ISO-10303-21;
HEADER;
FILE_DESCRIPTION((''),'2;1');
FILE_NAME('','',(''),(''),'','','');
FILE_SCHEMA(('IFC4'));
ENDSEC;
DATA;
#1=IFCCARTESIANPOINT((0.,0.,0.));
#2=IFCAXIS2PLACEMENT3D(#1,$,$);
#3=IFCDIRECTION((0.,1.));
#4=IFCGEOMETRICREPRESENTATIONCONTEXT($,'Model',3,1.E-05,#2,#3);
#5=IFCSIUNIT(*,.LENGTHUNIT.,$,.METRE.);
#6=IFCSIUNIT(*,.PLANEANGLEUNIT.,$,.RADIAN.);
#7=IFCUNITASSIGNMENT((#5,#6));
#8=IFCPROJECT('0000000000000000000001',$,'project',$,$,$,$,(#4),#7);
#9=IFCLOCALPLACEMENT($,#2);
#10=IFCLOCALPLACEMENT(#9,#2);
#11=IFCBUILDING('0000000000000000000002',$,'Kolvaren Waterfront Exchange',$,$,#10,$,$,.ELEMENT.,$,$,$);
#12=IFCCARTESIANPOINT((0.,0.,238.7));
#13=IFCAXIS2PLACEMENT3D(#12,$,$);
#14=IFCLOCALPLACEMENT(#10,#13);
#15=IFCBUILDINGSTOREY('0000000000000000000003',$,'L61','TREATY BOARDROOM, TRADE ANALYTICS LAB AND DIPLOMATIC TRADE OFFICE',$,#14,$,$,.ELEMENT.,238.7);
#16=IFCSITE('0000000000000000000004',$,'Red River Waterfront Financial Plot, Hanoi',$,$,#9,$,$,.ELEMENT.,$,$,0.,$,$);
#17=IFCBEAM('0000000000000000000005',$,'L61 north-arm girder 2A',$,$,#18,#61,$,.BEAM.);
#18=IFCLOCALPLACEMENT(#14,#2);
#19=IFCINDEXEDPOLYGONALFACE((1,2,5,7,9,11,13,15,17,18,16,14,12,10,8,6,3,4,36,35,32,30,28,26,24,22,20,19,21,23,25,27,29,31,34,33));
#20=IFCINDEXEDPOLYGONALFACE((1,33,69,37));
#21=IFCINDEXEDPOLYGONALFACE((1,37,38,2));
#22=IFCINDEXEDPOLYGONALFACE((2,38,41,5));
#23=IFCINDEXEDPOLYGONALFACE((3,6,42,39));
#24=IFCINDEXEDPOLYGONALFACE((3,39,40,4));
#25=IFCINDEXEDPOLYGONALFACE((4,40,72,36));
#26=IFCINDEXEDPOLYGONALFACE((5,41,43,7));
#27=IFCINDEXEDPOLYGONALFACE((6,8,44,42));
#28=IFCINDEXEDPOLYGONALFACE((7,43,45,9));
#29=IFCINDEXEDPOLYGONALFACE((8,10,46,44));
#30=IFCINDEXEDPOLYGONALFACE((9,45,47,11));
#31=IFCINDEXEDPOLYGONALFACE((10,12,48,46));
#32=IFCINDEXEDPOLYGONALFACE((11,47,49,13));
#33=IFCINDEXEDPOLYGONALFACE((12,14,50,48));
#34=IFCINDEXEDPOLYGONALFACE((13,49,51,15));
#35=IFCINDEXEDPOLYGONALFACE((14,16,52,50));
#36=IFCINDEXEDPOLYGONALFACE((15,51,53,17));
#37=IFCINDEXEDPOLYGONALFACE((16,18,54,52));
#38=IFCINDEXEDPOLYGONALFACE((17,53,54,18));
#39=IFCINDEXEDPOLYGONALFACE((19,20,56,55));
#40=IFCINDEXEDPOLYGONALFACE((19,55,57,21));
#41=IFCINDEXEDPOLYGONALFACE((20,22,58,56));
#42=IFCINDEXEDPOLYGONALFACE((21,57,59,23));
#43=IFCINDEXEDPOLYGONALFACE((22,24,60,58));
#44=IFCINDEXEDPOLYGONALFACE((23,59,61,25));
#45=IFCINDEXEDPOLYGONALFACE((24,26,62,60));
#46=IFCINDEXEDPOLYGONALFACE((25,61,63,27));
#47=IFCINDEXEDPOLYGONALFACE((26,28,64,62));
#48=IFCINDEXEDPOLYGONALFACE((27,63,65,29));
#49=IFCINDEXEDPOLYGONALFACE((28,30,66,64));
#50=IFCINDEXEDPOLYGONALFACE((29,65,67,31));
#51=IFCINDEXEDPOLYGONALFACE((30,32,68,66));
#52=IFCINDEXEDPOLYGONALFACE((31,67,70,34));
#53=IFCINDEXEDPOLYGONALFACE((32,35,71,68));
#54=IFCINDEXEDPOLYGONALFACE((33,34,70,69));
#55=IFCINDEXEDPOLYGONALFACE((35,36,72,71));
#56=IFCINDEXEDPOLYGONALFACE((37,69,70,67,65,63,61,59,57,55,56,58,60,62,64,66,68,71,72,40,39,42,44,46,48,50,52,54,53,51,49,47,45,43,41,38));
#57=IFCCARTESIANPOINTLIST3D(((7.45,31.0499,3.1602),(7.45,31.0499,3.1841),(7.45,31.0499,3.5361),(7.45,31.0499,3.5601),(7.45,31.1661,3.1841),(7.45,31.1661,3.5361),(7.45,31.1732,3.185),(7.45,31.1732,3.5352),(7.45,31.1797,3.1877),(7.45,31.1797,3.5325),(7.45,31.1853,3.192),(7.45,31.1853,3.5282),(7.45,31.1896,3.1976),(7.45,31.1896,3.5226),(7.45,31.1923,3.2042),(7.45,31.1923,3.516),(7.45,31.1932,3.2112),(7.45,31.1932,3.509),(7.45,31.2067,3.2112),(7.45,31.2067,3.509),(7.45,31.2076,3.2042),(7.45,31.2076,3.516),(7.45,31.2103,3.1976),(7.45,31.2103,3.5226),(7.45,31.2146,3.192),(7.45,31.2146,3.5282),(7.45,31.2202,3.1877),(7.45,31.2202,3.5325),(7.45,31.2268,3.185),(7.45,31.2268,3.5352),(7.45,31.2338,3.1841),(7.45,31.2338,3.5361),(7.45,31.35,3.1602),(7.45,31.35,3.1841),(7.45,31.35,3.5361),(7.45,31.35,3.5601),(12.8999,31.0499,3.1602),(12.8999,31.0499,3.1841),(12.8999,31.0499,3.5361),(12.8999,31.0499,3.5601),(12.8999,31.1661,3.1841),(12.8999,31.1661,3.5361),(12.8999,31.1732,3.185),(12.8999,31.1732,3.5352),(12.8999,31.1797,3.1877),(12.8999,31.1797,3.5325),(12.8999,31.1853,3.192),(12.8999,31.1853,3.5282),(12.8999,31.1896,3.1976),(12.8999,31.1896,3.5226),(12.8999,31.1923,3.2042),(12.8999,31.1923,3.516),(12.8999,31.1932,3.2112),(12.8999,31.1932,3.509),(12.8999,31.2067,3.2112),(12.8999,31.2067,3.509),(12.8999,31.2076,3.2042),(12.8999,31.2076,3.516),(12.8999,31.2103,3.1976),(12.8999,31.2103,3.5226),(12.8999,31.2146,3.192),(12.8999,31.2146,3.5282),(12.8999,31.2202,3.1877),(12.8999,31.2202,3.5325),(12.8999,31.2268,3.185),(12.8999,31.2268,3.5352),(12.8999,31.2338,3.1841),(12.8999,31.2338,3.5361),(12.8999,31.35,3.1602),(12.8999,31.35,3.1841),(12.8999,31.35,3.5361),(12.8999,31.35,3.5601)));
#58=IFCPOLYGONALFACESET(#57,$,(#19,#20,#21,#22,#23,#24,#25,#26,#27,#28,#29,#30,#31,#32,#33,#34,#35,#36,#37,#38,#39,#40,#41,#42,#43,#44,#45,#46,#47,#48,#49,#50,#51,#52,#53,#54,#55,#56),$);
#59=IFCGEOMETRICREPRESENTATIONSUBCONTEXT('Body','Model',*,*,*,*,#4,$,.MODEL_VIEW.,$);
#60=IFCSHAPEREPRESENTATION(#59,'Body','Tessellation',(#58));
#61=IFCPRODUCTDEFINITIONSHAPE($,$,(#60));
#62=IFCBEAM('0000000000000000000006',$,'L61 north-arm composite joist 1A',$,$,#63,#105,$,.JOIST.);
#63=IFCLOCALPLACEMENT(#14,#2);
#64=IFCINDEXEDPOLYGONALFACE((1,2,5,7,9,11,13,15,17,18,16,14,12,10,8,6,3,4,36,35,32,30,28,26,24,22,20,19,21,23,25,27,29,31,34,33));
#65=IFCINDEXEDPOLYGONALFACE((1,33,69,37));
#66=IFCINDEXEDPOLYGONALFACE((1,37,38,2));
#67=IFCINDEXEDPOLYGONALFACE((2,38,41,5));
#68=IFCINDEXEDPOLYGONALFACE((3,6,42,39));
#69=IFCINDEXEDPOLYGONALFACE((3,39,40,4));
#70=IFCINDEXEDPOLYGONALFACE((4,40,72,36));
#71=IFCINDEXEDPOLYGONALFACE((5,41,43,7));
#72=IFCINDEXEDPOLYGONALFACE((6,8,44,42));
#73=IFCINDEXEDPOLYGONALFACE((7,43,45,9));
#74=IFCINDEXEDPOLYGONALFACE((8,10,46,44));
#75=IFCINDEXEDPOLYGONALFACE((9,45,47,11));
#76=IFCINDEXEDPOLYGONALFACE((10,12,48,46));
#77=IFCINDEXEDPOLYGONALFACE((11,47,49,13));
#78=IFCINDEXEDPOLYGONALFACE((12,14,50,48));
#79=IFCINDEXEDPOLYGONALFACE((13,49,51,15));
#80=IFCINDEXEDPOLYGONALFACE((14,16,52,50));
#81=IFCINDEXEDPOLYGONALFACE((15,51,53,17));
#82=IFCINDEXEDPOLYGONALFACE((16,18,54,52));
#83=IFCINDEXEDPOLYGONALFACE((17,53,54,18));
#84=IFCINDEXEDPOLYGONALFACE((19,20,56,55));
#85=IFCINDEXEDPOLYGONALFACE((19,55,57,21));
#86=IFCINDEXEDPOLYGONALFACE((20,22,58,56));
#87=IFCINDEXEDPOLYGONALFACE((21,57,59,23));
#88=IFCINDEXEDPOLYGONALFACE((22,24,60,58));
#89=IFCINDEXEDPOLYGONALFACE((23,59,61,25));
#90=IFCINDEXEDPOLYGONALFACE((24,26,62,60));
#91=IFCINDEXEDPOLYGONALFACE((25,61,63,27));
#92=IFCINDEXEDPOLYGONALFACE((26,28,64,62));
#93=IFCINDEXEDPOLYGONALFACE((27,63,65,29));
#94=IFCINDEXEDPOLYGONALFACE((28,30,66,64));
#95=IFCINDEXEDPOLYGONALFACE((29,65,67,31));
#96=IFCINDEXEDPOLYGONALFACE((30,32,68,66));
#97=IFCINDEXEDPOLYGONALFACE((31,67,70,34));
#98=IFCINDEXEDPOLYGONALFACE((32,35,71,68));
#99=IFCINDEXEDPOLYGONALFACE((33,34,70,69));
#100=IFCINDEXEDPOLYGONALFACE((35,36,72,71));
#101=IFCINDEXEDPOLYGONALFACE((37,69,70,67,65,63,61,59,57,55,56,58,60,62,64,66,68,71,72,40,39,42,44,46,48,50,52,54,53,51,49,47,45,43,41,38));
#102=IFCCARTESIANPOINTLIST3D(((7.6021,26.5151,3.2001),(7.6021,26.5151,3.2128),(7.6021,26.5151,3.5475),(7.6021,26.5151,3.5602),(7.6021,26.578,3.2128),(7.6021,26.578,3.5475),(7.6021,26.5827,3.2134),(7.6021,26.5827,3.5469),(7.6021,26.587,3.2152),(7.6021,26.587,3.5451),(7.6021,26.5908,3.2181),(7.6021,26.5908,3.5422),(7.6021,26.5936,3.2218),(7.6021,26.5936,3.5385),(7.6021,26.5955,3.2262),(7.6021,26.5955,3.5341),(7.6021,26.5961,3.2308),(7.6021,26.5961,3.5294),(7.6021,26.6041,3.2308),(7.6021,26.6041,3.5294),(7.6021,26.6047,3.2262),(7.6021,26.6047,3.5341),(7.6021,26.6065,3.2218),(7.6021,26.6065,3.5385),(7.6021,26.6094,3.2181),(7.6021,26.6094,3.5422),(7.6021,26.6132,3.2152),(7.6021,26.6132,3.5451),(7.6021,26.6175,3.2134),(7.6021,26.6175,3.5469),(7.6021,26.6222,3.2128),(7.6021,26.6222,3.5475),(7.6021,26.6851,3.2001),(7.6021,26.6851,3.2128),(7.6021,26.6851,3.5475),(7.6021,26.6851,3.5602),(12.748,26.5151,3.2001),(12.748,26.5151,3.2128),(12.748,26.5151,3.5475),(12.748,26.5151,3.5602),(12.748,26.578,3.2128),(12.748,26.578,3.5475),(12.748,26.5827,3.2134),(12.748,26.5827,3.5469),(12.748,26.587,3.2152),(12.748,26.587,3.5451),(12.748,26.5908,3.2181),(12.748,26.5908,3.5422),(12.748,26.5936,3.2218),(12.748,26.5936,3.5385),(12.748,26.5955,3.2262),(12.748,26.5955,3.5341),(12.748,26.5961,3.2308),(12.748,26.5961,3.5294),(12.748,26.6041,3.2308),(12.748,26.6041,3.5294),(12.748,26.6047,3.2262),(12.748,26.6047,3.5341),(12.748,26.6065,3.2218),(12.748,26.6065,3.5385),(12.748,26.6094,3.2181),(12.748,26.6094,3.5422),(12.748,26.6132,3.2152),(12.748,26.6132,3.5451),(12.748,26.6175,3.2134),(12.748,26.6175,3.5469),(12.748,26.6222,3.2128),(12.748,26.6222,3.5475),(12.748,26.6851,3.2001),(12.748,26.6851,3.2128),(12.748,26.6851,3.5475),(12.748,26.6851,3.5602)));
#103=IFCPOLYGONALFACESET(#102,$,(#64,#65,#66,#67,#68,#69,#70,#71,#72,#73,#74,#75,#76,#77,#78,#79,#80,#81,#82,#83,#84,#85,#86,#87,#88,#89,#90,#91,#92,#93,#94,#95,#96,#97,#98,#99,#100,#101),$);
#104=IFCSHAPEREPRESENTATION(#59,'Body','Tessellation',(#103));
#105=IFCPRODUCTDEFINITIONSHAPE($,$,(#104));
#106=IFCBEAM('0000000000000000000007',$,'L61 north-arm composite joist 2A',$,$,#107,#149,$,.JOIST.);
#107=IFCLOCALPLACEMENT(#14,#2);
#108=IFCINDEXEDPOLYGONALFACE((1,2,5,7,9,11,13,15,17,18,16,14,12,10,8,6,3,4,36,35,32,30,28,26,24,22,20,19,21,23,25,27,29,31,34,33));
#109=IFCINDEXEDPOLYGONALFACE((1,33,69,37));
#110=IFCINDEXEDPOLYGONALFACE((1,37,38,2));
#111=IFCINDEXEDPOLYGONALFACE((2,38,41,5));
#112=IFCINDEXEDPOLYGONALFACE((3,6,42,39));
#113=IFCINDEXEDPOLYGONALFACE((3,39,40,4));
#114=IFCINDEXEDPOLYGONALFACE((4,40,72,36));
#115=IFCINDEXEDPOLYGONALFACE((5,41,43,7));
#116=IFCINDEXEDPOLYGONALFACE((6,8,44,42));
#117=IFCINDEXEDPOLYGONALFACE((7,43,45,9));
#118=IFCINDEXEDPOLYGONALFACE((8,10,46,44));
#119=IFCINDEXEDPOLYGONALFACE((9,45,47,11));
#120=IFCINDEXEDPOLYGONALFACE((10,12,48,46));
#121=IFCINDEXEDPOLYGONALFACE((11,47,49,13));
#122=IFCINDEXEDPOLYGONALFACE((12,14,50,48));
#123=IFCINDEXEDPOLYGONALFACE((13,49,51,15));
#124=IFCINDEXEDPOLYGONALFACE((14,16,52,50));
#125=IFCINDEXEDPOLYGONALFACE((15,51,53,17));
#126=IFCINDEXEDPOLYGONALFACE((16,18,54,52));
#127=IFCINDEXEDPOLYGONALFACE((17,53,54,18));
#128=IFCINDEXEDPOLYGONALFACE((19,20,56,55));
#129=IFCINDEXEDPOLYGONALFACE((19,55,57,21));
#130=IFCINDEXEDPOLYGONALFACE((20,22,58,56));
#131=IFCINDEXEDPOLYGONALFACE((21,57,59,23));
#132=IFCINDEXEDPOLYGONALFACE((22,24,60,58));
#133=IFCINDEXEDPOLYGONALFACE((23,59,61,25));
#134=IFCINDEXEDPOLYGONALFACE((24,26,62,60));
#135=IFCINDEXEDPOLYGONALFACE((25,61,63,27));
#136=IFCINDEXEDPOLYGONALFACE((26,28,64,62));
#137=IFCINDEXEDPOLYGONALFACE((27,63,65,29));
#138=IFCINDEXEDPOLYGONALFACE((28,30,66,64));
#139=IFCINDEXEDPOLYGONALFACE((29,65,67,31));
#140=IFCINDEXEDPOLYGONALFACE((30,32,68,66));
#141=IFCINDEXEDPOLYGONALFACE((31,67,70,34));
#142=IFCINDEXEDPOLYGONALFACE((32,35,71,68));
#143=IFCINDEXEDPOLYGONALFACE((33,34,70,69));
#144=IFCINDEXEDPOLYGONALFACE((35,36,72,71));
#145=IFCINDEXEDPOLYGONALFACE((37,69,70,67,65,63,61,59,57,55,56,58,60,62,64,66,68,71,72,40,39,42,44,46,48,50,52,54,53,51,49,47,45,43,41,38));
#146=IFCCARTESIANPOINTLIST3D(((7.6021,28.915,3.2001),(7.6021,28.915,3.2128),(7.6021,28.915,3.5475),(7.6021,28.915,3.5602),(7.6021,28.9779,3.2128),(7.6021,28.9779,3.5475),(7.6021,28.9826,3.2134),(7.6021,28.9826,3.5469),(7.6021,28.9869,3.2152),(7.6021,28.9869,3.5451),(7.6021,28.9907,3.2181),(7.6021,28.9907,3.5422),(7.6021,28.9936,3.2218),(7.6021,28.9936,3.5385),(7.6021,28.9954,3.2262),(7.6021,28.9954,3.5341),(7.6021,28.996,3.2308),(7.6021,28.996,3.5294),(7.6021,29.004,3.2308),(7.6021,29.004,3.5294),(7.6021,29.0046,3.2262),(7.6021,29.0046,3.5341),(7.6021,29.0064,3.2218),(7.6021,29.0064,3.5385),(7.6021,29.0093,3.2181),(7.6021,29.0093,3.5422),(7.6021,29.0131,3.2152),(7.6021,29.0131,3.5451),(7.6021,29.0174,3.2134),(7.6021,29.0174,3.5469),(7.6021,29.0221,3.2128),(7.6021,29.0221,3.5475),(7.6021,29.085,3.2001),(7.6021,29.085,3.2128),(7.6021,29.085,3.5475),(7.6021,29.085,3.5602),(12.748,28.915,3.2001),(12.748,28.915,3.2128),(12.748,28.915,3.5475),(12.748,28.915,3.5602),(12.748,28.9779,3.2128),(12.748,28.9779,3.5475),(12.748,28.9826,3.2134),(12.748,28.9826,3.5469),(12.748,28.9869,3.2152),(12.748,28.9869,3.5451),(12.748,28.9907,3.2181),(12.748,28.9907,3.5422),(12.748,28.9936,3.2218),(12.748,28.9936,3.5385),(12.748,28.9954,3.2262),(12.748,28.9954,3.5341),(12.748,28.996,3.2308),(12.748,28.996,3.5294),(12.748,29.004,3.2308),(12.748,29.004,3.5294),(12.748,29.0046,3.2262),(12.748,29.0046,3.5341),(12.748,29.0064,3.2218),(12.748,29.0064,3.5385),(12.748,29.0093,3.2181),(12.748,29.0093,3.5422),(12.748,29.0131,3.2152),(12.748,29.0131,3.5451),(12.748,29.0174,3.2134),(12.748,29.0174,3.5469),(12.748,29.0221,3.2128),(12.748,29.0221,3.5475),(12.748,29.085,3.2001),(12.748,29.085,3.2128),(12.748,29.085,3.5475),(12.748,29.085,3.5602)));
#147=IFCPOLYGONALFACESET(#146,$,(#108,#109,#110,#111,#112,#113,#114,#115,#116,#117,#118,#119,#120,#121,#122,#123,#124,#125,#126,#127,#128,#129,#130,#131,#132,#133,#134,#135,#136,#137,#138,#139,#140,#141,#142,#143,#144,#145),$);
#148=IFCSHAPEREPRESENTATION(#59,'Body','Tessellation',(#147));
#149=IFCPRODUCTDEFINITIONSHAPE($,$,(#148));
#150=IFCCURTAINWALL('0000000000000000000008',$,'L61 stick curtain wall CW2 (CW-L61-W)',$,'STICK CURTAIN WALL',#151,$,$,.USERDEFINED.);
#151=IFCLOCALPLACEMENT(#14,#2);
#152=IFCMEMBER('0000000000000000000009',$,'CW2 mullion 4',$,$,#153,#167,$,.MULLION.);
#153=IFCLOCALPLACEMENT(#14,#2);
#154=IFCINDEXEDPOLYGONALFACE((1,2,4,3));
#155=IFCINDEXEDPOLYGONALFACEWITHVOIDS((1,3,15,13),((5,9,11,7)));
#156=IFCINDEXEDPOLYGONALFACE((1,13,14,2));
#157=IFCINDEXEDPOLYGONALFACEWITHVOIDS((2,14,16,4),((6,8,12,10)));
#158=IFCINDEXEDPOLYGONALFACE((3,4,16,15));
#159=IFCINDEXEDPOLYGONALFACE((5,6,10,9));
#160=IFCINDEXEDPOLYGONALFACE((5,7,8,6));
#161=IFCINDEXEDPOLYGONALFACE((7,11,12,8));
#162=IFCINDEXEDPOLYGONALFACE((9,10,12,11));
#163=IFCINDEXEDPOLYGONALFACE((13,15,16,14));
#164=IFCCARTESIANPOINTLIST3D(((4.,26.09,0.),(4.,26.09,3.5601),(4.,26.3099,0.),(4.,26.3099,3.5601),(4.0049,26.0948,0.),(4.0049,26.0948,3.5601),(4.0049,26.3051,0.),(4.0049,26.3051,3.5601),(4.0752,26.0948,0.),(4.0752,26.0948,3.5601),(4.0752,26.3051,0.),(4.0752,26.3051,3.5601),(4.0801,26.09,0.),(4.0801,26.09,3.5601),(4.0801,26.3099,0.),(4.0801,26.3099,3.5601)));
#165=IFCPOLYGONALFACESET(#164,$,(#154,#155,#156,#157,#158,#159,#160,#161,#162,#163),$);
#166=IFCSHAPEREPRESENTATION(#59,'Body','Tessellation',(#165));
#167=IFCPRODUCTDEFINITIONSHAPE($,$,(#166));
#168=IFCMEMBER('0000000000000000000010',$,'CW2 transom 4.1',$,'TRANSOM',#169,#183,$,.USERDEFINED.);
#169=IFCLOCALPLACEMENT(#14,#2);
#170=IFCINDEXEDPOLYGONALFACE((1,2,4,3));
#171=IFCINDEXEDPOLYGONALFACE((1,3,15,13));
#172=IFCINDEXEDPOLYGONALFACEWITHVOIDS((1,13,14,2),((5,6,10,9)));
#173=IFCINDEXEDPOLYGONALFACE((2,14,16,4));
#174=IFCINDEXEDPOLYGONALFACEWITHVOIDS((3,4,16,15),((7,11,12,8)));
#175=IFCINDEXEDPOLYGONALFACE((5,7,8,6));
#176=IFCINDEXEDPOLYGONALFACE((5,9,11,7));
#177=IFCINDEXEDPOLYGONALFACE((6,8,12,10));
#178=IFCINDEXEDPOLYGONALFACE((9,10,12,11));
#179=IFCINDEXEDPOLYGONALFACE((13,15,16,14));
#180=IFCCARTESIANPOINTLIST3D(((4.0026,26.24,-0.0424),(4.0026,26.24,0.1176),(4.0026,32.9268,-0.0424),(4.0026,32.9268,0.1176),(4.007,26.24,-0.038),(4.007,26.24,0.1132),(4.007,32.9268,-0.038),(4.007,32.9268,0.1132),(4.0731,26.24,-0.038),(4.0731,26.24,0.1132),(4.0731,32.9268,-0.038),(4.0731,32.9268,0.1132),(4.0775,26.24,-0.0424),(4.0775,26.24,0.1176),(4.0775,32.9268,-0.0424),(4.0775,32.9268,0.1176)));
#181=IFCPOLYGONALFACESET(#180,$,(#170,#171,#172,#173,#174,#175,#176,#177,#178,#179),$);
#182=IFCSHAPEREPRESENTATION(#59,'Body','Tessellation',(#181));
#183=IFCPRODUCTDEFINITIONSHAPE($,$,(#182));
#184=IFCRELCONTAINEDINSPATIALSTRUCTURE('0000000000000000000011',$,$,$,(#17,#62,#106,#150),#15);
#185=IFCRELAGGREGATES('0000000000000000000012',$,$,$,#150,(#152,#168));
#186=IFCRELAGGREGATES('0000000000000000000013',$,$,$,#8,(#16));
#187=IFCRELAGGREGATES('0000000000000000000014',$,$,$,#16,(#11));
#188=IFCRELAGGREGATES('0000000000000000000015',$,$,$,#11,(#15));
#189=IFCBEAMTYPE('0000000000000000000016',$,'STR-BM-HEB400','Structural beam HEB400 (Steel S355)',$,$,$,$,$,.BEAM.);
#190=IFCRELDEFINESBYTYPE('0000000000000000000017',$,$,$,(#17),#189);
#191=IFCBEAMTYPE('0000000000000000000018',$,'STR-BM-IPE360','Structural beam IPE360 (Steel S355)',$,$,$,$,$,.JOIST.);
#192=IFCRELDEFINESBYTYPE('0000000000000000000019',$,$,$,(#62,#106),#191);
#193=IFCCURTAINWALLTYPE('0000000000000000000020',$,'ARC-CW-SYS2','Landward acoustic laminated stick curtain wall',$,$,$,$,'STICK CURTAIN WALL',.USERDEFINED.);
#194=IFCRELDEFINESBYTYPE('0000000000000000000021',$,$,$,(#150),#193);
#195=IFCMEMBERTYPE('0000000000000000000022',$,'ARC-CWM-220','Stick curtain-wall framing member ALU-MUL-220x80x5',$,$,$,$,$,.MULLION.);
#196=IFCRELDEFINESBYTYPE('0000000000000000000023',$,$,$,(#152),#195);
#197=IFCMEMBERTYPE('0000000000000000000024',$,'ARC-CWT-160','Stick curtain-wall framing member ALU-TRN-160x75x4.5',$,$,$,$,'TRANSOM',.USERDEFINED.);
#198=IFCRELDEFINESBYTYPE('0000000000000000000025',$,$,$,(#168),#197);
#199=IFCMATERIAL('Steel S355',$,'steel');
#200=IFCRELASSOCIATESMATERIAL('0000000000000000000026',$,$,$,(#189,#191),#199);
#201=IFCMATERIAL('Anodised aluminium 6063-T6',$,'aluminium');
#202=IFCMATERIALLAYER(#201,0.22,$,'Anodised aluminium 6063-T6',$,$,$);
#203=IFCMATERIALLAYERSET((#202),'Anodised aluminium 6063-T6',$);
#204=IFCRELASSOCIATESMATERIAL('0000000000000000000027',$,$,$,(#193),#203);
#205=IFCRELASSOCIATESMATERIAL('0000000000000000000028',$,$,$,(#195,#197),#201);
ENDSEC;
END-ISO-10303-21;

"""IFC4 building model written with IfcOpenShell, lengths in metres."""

from ifc_helpers import new_model, si_unit, direction, frame, origin, origin_with_axes, origin_2d, place, context, subcontext, project, spatial, hollow_rectangle, i_section, extrude, source, transform, mapped, material, layer, layer_set, material_profile, profile_set, type_object, element, aggregate, save


model = new_model("IFC4")

# Units and contexts
model_context = context("Model", 3, precision=1e-05, world=origin(), true_north=direction((0.0, 1.0)))
body_context = subcontext(model_context, "Body", "Model", "MODEL_VIEW")
ifc_project = project(units=[si_unit("LENGTHUNIT", "METRE"), si_unit("PLANEANGLEUNIT", "RADIAN")], contexts=[model_context])

# Site, building, storey
site_placement = place(None, origin())
site = spatial("IfcSite", under=ifc_project, at=site_placement, Name="Red River Waterfront Financial Plot, Hanoi", CompositionType="ELEMENT", RefElevation=0.0)
building_placement = place(site_placement, origin())
building = spatial("IfcBuilding", under=site, at=building_placement, Name="Kolvaren Waterfront Exchange", CompositionType="ELEMENT")
storey_placement = place(building_placement, frame((0.0, 0.0, 238.7)))
storey = spatial("IfcBuildingStorey", under=building, at=storey_placement, Name="L61", Description="TREATY BOARDROOM, TRADE ANALYTICS LAB AND DIPLOMATIC TRADE OFFICE", CompositionType="ELEMENT", Elevation=238.7)

# Beams
ifc_material_1 = material(Name="Steel S355", Category="steel")
ifc_material_profile_1 = material_profile(ifc_material_1, i_section(OverallWidth=0.3, OverallDepth=0.3999, WebThickness=0.0134, FlangeThickness=0.0239, FilletRadius=0.0271, at=origin_2d()), Name="HEB400")
ifc_profile_set_1 = profile_set([ifc_material_profile_1], Name="Steel S355")
beam_type_1 = type_object("IfcBeamType", Name="STR-BM-HEB400", Description="Structural beam HEB400 (Steel S355)", PredefinedType="BEAM", material=ifc_profile_set_1)
for number, where, z_axis, x_axis, name in (
    (1, (7.45, 31.2, 3.3601), (1.0, 0.0, 0.0), (0.0, 1.0, 0.0), "L61 north-arm girder 2A"),
):
    element("IfcBeam", number, at=place(storey_placement, frame(where, z_axis=z_axis, x_axis=x_axis)), inside=storey, type_object=beam_type_1, Name=name, PredefinedType="BEAM", context=body_context, shape_type="SweptSolid", body=[
        extrude(i_section(OverallWidth=0.3, OverallDepth=0.3999, WebThickness=0.0134, FlangeThickness=0.0239, FilletRadius=0.0271, at=origin_2d()), origin(), (0.0, 0.0, 1.0), 5.45),
    ])
ifc_material_profile_2 = material_profile(ifc_material_1, i_section(OverallWidth=0.1699, OverallDepth=0.3601, WebThickness=0.0081, FlangeThickness=0.0127, FilletRadius=0.0181, at=origin_2d()), Name="IPE360")
ifc_profile_set_2 = profile_set([ifc_material_profile_2], Name="Steel S355")
beam_type_2 = type_object("IfcBeamType", Name="STR-BM-IPE360", Description="Structural beam IPE360 (Steel S355)", PredefinedType="JOIST", material=ifc_profile_set_2)
for number, where, z_axis, x_axis, name in (
    (2, (7.6021, 26.6001, 3.3801), (1.0, 0.0, 0.0), (0.0, 1.0, 0.0), "L61 north-arm composite joist 1A"),
    (3, (7.6021, 29.0, 3.3801), (1.0, 0.0, 0.0), (0.0, 1.0, 0.0), "L61 north-arm composite joist 2A"),
):
    element("IfcBeam", number, at=place(storey_placement, frame(where, z_axis=z_axis, x_axis=x_axis)), inside=storey, type_object=beam_type_2, Name=name, PredefinedType="JOIST", context=body_context, shape_type="SweptSolid", body=[
        extrude(i_section(OverallWidth=0.1699, OverallDepth=0.3601, WebThickness=0.0081, FlangeThickness=0.0127, FilletRadius=0.0181, at=origin_2d()), origin(), (0.0, 0.0, 1.0), 5.146),
    ])

# Curtain wall, members
ifc_material_2 = material(Name="Anodised aluminium 6063-T6", Category="aluminium")
ifc_layer_1 = layer(ifc_material_2, 0.22, Name="Anodised aluminium 6063-T6")
ifc_layer_set_1 = layer_set([ifc_layer_1], Name="Anodised aluminium 6063-T6")
curtain_wall_type = type_object("IfcCurtainWallType", Name="ARC-CW-SYS2", Description="Landward acoustic laminated stick curtain wall", ElementType="STICK CURTAIN WALL", PredefinedType="USERDEFINED", material=ifc_layer_set_1)
curtain_wall_placement = place(storey_placement, origin())
curtain_wall = element("IfcCurtainWall", 4, at=curtain_wall_placement, inside=storey, type_object=curtain_wall_type, Name="L61 stick curtain wall CW2 (CW-L61-W)", ObjectType="STICK CURTAIN WALL", PredefinedType="USERDEFINED")
ifc_material_profile_3 = material_profile(ifc_material_2, hollow_rectangle(XDim=0.0801, YDim=0.22, WallThickness=0.0049, at=origin_2d()), Name="ALU-MUL-220x80x5")
ifc_profile_set_3 = profile_set([ifc_material_profile_3], Name="Anodised aluminium 6063-T6")
member_type_1 = type_object("IfcMemberType", Name="ARC-CWM-220", Description="Stick curtain-wall framing member ALU-MUL-220x80x5", PredefinedType="MULLION", material=ifc_profile_set_3)
shared_shape_1 = source(origin_with_axes(), body_context, "Body", "SweptSolid", [
    extrude(hollow_rectangle(XDim=0.0801, YDim=0.22, WallThickness=0.0049, at=origin_2d()), origin(), (0.0, 0.0, 1.0), 3.5601),
])
member_1_placement = place(storey_placement, frame((4.04, 26.2, 0.0), z_axis=(0.0, 0.0, 1.0), x_axis=(-1.0, 0.0, 0.0)))
member_1 = element("IfcMember", 5, at=member_1_placement, type_object=member_type_1, Name="CW2 mullion 4", PredefinedType="MULLION", context=body_context, shape_type="MappedRepresentation", body=[
    mapped(shared_shape_1, transform((0.0, 0.0, 0.0), x_axis=(1.0, 0.0, 0.0), y_axis=(0.0, 1.0, 0.0), z_axis=(0.0, 0.0, 1.0), scale=1.0)),
])
ifc_material_profile_4 = material_profile(ifc_material_2, hollow_rectangle(XDim=0.075, YDim=0.1599, WallThickness=0.0044, at=origin_2d()), Name="ALU-TRN-160x75x4.5")
ifc_profile_set_4 = profile_set([ifc_material_profile_4], Name="Anodised aluminium 6063-T6")
member_type_2 = type_object("IfcMemberType", Name="ARC-CWT-160", Description="Stick curtain-wall framing member ALU-TRN-160x75x4.5", ElementType="TRANSOM", PredefinedType="USERDEFINED", material=ifc_profile_set_4)
shared_shape_2 = source(origin_with_axes(), body_context, "Body", "SweptSolid", [
    extrude(hollow_rectangle(XDim=0.075, YDim=0.1599, WallThickness=0.0044, at=origin_2d()), origin(), (0.0, 0.0, 1.0), 6.6868),
])
member_2_placement = place(storey_placement, frame((4.04, 26.24, 0.0376), z_axis=(0.0, 1.0, 0.0), x_axis=(-1.0, 0.0, 0.0)))
member_2 = element("IfcMember", 6, at=member_2_placement, type_object=member_type_2, Name="CW2 transom 4.1", ObjectType="TRANSOM", PredefinedType="USERDEFINED", context=body_context, shape_type="MappedRepresentation", body=[
    mapped(shared_shape_2, transform((0.0, 0.0, 0.0), x_axis=(1.0, 0.0, 0.0), y_axis=(0.0, 1.0, 0.0), z_axis=(0.0, 0.0, 1.0), scale=1.0)),
])
aggregate(curtain_wall, [member_1, member_2])

save(model, "model.ifc")
